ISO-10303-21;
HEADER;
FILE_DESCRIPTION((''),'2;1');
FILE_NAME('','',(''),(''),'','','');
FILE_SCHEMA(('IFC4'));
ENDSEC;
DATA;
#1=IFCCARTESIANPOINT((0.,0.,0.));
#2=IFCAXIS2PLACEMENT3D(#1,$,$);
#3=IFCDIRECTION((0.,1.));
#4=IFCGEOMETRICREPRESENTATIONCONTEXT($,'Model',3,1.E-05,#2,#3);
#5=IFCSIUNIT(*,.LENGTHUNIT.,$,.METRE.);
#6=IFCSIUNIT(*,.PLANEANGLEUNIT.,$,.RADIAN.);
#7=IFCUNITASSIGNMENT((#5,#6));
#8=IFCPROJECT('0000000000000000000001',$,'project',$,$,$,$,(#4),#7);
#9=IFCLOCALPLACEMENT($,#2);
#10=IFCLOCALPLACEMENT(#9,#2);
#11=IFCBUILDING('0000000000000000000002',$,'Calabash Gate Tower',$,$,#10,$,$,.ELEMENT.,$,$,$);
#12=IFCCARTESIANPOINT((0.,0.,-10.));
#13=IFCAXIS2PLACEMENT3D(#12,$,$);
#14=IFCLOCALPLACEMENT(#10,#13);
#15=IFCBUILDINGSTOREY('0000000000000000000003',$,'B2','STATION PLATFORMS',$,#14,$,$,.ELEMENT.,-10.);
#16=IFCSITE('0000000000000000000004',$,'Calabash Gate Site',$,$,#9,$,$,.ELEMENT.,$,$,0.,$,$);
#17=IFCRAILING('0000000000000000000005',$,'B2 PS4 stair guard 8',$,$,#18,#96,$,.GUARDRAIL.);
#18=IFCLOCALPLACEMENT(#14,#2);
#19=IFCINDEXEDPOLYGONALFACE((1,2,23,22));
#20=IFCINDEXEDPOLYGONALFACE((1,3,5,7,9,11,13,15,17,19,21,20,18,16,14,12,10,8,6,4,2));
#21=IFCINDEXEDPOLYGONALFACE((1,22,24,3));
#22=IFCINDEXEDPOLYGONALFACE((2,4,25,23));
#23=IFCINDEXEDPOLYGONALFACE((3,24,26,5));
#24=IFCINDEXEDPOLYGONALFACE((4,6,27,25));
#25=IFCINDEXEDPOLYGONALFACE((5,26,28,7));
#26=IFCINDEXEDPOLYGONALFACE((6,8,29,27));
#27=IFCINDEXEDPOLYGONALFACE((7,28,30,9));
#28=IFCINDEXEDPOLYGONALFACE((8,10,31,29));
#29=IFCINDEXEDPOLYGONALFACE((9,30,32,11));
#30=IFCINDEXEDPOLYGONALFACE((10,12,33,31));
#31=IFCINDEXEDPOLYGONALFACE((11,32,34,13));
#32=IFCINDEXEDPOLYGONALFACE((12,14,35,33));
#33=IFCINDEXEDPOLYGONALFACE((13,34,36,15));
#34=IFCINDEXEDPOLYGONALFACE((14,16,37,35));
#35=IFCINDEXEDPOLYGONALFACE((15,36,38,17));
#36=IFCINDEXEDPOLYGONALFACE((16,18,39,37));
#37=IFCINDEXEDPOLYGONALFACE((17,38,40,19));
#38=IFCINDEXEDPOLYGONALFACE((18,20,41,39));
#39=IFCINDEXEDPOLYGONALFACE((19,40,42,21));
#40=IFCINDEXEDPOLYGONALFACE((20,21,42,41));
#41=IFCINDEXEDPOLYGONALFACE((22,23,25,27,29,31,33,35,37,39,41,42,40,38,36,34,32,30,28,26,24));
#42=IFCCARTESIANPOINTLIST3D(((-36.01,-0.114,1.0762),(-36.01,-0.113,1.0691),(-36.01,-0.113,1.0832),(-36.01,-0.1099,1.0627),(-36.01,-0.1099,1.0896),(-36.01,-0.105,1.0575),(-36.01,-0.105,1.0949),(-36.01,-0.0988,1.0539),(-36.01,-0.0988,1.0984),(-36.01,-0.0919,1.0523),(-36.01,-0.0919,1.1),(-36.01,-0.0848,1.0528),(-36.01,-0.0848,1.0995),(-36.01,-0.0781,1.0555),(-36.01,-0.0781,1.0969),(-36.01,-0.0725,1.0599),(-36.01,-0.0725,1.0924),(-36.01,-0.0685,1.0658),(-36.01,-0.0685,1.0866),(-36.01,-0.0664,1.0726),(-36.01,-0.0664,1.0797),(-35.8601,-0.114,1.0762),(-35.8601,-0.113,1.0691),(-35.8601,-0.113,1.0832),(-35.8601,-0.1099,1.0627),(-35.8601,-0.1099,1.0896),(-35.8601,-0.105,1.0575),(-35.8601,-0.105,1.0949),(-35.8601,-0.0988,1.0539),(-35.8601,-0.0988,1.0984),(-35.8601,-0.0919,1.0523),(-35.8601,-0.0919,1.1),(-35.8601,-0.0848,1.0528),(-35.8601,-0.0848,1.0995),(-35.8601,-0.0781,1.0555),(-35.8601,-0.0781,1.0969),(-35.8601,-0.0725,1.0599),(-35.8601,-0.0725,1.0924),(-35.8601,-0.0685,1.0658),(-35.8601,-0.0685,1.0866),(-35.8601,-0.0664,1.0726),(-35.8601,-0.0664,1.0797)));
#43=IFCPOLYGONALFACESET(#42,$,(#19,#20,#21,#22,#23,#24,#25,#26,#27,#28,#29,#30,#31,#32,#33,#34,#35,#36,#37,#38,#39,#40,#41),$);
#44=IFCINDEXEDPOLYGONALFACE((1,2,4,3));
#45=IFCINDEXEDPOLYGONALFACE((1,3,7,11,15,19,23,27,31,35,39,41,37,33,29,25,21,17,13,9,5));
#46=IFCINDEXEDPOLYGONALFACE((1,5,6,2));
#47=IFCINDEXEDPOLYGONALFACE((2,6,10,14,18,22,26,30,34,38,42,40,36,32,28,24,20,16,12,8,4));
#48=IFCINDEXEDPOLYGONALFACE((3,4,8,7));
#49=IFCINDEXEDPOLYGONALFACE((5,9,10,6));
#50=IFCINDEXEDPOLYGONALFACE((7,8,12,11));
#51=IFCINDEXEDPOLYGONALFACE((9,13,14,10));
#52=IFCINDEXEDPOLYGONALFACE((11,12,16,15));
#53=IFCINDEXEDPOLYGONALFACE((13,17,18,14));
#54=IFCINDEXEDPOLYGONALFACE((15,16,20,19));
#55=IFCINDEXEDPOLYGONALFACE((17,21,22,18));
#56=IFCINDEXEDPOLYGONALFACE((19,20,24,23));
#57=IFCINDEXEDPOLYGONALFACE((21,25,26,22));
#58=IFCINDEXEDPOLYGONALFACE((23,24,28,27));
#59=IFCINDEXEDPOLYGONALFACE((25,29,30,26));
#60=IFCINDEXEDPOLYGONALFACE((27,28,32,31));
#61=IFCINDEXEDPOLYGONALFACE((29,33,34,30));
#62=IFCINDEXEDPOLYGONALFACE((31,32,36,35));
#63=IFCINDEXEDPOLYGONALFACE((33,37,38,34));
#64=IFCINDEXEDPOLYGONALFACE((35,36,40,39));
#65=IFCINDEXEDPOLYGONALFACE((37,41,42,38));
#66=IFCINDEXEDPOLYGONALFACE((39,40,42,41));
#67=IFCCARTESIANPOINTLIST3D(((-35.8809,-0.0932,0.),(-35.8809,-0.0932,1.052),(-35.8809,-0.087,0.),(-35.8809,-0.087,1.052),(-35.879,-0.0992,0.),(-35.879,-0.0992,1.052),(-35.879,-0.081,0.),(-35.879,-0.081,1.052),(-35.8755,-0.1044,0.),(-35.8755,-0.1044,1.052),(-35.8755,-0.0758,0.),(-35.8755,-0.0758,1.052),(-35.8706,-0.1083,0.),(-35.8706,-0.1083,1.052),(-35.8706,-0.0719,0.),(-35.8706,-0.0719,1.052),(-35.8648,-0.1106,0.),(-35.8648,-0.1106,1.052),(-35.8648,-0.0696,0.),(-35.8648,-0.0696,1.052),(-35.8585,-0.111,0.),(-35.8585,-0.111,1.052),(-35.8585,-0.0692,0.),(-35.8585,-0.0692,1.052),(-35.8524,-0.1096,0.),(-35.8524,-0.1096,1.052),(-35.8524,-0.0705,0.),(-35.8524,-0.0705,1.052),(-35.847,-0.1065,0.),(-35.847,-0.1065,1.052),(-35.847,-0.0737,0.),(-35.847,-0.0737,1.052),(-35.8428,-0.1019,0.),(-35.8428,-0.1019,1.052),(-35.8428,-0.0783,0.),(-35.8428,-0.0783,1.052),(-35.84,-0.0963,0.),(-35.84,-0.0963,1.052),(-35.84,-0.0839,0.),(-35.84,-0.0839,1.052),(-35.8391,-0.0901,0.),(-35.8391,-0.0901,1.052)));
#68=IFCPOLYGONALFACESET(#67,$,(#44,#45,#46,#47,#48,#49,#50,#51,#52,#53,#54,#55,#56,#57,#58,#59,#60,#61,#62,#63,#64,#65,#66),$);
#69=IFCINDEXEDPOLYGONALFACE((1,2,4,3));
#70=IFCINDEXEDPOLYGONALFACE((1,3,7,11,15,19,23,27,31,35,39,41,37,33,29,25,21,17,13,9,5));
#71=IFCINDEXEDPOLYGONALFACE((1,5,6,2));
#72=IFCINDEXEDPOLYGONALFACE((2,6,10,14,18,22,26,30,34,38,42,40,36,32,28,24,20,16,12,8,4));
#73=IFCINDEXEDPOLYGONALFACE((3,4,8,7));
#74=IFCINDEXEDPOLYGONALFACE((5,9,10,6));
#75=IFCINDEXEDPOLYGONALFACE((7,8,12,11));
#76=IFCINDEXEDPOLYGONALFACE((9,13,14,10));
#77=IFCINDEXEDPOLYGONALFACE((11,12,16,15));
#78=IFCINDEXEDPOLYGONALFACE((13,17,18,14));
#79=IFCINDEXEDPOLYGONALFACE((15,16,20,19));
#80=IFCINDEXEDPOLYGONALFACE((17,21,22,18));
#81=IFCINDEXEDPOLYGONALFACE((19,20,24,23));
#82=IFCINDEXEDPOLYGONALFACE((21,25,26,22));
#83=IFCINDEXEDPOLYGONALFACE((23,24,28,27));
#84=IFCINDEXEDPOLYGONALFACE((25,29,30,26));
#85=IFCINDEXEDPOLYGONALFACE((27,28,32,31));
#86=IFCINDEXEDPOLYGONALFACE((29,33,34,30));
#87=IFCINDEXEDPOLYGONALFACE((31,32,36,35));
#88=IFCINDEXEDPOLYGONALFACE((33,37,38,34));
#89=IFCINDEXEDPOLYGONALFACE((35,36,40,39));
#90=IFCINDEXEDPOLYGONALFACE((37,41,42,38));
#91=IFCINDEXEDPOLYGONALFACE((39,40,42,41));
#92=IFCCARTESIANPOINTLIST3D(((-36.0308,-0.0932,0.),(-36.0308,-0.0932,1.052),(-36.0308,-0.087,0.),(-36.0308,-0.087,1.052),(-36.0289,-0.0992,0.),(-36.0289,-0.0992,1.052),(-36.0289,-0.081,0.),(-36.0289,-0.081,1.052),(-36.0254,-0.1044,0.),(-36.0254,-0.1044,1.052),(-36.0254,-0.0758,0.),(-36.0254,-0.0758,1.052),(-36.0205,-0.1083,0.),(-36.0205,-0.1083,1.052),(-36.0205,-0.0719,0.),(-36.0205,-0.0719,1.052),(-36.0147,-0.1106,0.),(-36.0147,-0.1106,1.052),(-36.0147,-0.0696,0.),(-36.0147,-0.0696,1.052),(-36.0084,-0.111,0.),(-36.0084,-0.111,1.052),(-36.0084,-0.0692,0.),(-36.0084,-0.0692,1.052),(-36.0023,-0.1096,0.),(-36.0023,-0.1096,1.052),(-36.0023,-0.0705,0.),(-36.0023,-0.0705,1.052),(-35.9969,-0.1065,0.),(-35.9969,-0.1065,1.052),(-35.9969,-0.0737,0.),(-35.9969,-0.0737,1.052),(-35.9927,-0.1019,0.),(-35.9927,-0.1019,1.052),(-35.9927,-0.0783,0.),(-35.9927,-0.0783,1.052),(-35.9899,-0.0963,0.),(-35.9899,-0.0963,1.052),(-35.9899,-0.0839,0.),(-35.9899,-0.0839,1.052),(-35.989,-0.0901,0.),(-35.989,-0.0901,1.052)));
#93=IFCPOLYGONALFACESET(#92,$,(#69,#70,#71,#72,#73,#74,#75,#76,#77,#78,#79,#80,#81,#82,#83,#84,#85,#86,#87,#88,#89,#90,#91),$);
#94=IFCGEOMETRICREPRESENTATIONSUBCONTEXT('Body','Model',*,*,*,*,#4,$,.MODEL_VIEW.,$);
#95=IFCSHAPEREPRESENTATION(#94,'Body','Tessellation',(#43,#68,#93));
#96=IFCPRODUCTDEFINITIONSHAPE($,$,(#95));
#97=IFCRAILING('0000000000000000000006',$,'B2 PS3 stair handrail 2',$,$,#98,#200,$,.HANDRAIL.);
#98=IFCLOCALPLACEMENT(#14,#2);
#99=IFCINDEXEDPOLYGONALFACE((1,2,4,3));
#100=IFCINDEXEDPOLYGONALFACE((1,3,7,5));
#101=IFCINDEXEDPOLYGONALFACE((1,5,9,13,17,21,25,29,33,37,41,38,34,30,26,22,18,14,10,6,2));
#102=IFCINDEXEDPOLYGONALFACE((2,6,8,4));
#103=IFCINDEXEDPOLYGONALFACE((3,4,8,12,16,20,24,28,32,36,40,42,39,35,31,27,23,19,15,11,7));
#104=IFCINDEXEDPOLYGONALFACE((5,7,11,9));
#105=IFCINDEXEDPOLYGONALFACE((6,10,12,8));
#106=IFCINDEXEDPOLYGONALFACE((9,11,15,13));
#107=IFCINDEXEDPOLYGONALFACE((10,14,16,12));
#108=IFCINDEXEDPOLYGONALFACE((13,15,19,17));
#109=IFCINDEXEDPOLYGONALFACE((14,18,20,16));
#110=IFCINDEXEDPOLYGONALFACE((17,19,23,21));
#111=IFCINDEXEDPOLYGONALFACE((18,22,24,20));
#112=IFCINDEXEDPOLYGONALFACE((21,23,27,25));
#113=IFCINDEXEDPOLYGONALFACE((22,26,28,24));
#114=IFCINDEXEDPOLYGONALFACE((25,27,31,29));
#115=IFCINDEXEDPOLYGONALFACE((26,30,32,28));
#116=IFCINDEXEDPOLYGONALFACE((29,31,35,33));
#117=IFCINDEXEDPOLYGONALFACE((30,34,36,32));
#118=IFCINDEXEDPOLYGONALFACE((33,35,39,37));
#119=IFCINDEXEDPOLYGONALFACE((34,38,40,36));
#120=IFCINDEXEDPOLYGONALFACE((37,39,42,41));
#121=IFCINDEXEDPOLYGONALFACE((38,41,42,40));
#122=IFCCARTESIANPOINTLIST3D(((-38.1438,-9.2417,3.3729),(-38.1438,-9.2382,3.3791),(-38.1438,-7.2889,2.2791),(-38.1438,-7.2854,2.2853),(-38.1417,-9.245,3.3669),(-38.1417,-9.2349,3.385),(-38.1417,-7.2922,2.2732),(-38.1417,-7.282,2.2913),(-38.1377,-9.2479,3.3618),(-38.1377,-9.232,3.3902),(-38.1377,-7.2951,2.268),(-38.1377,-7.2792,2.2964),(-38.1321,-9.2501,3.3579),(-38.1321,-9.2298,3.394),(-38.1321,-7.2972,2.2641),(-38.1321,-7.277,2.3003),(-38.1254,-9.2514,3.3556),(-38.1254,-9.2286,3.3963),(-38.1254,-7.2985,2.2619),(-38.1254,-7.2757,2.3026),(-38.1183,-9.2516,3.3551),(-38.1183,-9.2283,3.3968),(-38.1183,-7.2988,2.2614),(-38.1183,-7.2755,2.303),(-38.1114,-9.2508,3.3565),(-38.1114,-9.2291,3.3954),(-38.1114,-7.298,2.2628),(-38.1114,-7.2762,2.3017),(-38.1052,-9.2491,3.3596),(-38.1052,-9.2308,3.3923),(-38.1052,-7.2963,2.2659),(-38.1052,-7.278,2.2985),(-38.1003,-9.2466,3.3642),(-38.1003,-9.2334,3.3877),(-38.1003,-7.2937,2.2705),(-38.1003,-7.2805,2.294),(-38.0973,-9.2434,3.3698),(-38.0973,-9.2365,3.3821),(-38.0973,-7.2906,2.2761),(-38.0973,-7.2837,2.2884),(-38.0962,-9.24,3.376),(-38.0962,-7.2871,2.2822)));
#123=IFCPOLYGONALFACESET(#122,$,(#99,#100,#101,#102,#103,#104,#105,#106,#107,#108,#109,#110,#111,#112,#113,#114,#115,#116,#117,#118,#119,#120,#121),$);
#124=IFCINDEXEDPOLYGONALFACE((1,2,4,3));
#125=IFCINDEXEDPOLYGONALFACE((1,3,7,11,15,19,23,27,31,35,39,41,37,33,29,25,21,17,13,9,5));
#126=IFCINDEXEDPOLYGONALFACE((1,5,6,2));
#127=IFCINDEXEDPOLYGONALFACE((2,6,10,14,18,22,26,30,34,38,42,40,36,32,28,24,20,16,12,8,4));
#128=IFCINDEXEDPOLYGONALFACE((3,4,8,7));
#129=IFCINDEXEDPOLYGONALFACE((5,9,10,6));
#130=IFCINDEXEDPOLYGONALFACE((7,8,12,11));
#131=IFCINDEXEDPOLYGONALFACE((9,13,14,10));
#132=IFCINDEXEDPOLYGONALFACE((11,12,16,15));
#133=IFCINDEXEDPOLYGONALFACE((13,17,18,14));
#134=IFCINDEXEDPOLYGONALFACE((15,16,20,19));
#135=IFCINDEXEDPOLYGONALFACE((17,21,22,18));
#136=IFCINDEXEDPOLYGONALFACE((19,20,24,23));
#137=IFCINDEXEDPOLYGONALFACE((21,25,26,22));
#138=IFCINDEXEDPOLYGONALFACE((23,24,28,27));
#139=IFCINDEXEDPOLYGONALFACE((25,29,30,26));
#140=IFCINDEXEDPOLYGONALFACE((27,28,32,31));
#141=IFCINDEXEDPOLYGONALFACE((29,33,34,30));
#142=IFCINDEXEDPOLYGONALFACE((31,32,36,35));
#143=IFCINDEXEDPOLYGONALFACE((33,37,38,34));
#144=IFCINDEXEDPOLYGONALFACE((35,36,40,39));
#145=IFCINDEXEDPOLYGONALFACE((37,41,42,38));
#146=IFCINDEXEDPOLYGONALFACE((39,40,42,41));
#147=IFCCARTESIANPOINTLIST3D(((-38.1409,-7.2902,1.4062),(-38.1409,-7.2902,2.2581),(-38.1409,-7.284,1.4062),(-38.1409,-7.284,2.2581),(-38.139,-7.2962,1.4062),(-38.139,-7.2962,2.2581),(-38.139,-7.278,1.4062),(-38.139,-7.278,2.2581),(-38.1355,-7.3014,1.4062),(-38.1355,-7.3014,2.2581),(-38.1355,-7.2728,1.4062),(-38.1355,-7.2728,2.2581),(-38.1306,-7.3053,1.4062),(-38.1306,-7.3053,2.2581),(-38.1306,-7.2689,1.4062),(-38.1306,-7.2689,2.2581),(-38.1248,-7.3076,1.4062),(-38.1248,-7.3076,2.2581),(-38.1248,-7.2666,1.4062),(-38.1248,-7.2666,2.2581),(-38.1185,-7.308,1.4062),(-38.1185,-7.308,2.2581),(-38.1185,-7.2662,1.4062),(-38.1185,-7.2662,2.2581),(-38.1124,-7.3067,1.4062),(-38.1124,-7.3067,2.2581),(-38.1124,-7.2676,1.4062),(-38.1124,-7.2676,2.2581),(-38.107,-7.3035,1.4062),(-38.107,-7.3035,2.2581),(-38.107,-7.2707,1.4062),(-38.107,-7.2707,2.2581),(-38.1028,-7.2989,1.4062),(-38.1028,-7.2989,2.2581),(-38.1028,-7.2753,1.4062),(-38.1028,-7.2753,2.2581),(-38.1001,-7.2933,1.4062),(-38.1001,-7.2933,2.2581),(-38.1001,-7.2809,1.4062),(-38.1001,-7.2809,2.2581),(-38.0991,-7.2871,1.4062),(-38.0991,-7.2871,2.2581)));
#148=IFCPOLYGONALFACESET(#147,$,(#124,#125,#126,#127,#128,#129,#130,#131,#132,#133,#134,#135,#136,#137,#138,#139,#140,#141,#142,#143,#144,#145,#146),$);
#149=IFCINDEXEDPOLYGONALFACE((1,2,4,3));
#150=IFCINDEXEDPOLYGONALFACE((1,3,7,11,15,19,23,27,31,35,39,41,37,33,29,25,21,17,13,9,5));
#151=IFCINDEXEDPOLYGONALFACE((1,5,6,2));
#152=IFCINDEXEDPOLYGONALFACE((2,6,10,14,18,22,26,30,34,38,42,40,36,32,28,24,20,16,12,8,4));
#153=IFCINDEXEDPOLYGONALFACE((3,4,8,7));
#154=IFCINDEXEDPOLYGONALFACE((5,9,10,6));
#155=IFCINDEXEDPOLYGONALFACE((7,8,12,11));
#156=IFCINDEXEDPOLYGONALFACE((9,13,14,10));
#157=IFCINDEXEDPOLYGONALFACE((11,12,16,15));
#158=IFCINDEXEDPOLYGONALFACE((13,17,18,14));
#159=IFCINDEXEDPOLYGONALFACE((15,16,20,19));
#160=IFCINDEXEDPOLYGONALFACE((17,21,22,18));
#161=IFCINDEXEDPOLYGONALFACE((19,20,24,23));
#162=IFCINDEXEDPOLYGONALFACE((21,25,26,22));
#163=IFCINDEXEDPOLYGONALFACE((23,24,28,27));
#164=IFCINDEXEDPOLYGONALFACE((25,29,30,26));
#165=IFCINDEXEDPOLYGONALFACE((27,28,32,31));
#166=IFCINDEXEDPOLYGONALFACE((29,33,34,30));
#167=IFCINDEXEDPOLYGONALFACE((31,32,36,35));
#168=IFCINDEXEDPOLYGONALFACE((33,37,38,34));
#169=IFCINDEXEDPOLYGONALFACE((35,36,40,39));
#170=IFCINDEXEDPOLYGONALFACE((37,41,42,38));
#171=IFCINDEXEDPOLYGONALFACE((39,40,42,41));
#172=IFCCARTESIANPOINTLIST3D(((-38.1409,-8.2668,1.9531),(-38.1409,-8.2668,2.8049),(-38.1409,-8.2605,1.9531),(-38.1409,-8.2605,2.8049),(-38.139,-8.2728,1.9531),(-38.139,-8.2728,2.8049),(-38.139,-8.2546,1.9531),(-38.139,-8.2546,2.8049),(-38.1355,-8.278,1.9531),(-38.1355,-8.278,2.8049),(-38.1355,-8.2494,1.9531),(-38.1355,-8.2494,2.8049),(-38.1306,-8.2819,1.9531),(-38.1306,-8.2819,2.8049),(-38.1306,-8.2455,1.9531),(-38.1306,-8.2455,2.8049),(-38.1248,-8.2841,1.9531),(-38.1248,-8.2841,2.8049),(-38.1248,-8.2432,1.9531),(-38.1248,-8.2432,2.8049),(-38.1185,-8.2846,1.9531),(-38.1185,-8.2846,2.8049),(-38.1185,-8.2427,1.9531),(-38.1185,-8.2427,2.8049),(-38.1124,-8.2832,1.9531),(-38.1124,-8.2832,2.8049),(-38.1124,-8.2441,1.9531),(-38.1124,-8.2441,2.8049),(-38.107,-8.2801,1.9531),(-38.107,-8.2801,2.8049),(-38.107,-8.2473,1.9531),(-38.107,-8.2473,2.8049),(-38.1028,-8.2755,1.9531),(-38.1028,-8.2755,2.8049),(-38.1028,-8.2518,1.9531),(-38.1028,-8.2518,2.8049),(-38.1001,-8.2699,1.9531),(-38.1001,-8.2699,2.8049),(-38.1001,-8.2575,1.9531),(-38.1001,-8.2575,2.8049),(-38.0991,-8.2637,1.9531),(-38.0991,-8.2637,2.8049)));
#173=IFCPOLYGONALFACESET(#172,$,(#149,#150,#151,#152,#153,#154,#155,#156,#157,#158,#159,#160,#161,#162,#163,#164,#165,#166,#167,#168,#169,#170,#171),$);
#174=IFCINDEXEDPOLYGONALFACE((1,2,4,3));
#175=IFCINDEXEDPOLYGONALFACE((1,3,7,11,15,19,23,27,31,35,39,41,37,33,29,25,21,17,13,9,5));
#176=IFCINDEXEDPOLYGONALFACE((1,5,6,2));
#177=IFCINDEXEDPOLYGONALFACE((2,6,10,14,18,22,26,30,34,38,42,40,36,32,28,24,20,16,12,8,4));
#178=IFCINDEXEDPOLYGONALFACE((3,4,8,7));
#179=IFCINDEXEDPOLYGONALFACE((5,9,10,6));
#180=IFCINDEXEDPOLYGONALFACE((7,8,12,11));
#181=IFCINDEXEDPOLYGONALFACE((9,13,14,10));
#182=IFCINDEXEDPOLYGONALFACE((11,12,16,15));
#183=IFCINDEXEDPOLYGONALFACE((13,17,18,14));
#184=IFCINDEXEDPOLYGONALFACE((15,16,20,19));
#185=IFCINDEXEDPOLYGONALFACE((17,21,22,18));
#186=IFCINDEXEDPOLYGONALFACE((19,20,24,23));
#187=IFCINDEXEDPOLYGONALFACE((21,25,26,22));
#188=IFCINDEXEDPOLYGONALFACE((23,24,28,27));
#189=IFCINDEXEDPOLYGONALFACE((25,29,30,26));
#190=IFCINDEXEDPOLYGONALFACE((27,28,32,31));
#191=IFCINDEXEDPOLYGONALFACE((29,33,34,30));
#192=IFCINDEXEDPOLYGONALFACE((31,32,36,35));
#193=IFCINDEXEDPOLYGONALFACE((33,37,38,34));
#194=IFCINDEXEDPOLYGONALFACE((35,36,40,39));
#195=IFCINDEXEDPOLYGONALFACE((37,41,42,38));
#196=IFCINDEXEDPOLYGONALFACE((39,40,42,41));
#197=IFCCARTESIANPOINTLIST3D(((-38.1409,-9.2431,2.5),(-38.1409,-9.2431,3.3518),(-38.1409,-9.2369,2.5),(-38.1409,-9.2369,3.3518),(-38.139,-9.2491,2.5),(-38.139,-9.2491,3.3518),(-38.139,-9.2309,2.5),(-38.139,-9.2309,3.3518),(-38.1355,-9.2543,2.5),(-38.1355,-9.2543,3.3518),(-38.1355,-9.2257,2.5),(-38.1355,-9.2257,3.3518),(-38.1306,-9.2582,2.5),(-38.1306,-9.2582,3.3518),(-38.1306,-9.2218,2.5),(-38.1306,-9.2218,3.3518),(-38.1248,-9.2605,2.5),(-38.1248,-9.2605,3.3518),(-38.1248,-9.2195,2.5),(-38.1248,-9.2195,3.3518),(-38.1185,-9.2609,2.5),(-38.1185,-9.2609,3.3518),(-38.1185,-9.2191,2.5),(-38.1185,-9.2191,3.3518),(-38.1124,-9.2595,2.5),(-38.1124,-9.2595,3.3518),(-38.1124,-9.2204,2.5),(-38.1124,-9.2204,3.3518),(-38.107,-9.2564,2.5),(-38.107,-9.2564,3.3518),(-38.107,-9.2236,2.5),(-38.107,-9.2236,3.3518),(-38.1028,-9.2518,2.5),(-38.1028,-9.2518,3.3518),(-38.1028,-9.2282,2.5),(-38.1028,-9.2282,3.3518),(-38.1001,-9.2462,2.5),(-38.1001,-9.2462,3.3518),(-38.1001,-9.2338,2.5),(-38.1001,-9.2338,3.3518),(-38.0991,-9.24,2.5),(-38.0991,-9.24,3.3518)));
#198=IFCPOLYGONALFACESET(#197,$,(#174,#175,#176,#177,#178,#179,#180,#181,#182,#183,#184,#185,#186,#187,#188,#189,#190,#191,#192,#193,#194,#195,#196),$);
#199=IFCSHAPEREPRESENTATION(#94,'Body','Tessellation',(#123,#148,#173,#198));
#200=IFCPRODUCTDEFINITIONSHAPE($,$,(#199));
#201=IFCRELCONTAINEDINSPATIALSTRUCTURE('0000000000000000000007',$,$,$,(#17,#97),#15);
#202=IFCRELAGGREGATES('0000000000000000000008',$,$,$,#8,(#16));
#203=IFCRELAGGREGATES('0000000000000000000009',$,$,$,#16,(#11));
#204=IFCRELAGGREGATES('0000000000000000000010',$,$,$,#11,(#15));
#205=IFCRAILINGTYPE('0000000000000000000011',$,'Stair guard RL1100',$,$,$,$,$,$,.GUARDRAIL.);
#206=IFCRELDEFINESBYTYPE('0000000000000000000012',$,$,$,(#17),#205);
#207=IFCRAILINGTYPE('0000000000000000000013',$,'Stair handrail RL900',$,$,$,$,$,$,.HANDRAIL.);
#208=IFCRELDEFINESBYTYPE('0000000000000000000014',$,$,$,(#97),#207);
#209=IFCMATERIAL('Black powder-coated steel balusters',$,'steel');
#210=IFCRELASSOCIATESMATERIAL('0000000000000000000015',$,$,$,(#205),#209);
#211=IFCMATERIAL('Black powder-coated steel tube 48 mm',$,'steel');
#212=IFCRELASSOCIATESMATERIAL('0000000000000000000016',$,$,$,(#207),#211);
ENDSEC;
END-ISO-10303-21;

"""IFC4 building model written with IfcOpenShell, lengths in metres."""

from ifc_helpers import new_model, si_unit, direction, frame, origin, origin_2d, place, context, subcontext, project, spatial, circle, extrude, material, type_object, element, save


model = new_model("IFC4")

# Units and contexts
model_context = context("Model", 3, precision=1e-05, world=origin(), true_north=direction((0.0, 1.0)))
body_context = subcontext(model_context, "Body", "Model", "MODEL_VIEW")
ifc_project = project(units=[si_unit("LENGTHUNIT", "METRE"), si_unit("PLANEANGLEUNIT", "RADIAN")], contexts=[model_context])

# Site, building, storey
site_placement = place(None, origin())
site = spatial("IfcSite", under=ifc_project, at=site_placement, Name="Calabash Gate Site", CompositionType="ELEMENT", RefElevation=0.0)
building_placement = place(site_placement, origin())
building = spatial("IfcBuilding", under=site, at=building_placement, Name="Calabash Gate Tower", CompositionType="ELEMENT")
storey_placement = place(building_placement, frame((0.0, 0.0, -10.0)))
storey = spatial("IfcBuildingStorey", under=building, at=storey_placement, Name="B2", Description="STATION PLATFORMS", CompositionType="ELEMENT", Elevation=-10.0)

# Railings
ifc_material_1 = material(Name="Black powder-coated steel balusters", Category="steel")
railing_type_1 = type_object("IfcRailingType", Name="Stair guard RL1100", PredefinedType="GUARDRAIL", material=ifc_material_1)
for number, where, name in (
    (1, (-35.8601, -0.0901, 0.0), "B2 PS4 stair guard 8"),
):
    element("IfcRailing", number, at=place(storey_placement, frame(where)), inside=storey, type_object=railing_type_1, Name=name, PredefinedType="GUARDRAIL", context=body_context, shape_type="SweptSolid", body=[
        extrude(circle(Radius=0.0239, at=origin_2d()), frame((0.0, 0.0, 1.0762), z_axis=(-1.0, 0.0, 0.0), x_axis=(0.0, -1.0, 0.0)), (0.0, 0.0, 1.0), 0.1499),
        extrude(circle(Radius=0.021, at=origin_2d()), origin(), (0.0, 0.0, 1.0), 1.052),
        extrude(circle(Radius=0.021, at=origin_2d()), frame((-0.1499, 0.0, 0.0)), (0.0, 0.0, 1.0), 1.052),
    ])
ifc_material_2 = material(Name="Black powder-coated steel tube 48 mm", Category="steel")
railing_type_2 = type_object("IfcRailingType", Name="Stair handrail RL900", PredefinedType="HANDRAIL", material=ifc_material_2)
for number, where, name in (
    (2, (-38.1201, -7.2871, 1.4062), "B2 PS3 stair handrail 2"),
):
    element("IfcRailing", number, at=place(storey_placement, frame(where)), inside=storey, type_object=railing_type_2, Name=name, PredefinedType="HANDRAIL", context=body_context, shape_type="SweptSolid", body=[
        extrude(circle(Radius=0.0239, at=origin_2d()), frame((0.0, 0.0, 0.876), z_axis=(0.0, -0.87248, 0.48865), x_axis=(1.0, 0.0, 0.0)), (0.0, 0.0, 1.0), 2.2383),
        extrude(circle(Radius=0.021, at=origin_2d()), origin(), (0.0, 0.0, 1.0), 0.8518),
        extrude(circle(Radius=0.021, at=origin_2d()), frame((0.0, -0.9766, 0.5469)), (0.0, 0.0, 1.0), 0.8518),
        extrude(circle(Radius=0.021, at=origin_2d()), frame((0.0, -1.9529, 1.0938)), (0.0, 0.0, 1.0), 0.8518),
    ])

save(model, "model.ifc")
